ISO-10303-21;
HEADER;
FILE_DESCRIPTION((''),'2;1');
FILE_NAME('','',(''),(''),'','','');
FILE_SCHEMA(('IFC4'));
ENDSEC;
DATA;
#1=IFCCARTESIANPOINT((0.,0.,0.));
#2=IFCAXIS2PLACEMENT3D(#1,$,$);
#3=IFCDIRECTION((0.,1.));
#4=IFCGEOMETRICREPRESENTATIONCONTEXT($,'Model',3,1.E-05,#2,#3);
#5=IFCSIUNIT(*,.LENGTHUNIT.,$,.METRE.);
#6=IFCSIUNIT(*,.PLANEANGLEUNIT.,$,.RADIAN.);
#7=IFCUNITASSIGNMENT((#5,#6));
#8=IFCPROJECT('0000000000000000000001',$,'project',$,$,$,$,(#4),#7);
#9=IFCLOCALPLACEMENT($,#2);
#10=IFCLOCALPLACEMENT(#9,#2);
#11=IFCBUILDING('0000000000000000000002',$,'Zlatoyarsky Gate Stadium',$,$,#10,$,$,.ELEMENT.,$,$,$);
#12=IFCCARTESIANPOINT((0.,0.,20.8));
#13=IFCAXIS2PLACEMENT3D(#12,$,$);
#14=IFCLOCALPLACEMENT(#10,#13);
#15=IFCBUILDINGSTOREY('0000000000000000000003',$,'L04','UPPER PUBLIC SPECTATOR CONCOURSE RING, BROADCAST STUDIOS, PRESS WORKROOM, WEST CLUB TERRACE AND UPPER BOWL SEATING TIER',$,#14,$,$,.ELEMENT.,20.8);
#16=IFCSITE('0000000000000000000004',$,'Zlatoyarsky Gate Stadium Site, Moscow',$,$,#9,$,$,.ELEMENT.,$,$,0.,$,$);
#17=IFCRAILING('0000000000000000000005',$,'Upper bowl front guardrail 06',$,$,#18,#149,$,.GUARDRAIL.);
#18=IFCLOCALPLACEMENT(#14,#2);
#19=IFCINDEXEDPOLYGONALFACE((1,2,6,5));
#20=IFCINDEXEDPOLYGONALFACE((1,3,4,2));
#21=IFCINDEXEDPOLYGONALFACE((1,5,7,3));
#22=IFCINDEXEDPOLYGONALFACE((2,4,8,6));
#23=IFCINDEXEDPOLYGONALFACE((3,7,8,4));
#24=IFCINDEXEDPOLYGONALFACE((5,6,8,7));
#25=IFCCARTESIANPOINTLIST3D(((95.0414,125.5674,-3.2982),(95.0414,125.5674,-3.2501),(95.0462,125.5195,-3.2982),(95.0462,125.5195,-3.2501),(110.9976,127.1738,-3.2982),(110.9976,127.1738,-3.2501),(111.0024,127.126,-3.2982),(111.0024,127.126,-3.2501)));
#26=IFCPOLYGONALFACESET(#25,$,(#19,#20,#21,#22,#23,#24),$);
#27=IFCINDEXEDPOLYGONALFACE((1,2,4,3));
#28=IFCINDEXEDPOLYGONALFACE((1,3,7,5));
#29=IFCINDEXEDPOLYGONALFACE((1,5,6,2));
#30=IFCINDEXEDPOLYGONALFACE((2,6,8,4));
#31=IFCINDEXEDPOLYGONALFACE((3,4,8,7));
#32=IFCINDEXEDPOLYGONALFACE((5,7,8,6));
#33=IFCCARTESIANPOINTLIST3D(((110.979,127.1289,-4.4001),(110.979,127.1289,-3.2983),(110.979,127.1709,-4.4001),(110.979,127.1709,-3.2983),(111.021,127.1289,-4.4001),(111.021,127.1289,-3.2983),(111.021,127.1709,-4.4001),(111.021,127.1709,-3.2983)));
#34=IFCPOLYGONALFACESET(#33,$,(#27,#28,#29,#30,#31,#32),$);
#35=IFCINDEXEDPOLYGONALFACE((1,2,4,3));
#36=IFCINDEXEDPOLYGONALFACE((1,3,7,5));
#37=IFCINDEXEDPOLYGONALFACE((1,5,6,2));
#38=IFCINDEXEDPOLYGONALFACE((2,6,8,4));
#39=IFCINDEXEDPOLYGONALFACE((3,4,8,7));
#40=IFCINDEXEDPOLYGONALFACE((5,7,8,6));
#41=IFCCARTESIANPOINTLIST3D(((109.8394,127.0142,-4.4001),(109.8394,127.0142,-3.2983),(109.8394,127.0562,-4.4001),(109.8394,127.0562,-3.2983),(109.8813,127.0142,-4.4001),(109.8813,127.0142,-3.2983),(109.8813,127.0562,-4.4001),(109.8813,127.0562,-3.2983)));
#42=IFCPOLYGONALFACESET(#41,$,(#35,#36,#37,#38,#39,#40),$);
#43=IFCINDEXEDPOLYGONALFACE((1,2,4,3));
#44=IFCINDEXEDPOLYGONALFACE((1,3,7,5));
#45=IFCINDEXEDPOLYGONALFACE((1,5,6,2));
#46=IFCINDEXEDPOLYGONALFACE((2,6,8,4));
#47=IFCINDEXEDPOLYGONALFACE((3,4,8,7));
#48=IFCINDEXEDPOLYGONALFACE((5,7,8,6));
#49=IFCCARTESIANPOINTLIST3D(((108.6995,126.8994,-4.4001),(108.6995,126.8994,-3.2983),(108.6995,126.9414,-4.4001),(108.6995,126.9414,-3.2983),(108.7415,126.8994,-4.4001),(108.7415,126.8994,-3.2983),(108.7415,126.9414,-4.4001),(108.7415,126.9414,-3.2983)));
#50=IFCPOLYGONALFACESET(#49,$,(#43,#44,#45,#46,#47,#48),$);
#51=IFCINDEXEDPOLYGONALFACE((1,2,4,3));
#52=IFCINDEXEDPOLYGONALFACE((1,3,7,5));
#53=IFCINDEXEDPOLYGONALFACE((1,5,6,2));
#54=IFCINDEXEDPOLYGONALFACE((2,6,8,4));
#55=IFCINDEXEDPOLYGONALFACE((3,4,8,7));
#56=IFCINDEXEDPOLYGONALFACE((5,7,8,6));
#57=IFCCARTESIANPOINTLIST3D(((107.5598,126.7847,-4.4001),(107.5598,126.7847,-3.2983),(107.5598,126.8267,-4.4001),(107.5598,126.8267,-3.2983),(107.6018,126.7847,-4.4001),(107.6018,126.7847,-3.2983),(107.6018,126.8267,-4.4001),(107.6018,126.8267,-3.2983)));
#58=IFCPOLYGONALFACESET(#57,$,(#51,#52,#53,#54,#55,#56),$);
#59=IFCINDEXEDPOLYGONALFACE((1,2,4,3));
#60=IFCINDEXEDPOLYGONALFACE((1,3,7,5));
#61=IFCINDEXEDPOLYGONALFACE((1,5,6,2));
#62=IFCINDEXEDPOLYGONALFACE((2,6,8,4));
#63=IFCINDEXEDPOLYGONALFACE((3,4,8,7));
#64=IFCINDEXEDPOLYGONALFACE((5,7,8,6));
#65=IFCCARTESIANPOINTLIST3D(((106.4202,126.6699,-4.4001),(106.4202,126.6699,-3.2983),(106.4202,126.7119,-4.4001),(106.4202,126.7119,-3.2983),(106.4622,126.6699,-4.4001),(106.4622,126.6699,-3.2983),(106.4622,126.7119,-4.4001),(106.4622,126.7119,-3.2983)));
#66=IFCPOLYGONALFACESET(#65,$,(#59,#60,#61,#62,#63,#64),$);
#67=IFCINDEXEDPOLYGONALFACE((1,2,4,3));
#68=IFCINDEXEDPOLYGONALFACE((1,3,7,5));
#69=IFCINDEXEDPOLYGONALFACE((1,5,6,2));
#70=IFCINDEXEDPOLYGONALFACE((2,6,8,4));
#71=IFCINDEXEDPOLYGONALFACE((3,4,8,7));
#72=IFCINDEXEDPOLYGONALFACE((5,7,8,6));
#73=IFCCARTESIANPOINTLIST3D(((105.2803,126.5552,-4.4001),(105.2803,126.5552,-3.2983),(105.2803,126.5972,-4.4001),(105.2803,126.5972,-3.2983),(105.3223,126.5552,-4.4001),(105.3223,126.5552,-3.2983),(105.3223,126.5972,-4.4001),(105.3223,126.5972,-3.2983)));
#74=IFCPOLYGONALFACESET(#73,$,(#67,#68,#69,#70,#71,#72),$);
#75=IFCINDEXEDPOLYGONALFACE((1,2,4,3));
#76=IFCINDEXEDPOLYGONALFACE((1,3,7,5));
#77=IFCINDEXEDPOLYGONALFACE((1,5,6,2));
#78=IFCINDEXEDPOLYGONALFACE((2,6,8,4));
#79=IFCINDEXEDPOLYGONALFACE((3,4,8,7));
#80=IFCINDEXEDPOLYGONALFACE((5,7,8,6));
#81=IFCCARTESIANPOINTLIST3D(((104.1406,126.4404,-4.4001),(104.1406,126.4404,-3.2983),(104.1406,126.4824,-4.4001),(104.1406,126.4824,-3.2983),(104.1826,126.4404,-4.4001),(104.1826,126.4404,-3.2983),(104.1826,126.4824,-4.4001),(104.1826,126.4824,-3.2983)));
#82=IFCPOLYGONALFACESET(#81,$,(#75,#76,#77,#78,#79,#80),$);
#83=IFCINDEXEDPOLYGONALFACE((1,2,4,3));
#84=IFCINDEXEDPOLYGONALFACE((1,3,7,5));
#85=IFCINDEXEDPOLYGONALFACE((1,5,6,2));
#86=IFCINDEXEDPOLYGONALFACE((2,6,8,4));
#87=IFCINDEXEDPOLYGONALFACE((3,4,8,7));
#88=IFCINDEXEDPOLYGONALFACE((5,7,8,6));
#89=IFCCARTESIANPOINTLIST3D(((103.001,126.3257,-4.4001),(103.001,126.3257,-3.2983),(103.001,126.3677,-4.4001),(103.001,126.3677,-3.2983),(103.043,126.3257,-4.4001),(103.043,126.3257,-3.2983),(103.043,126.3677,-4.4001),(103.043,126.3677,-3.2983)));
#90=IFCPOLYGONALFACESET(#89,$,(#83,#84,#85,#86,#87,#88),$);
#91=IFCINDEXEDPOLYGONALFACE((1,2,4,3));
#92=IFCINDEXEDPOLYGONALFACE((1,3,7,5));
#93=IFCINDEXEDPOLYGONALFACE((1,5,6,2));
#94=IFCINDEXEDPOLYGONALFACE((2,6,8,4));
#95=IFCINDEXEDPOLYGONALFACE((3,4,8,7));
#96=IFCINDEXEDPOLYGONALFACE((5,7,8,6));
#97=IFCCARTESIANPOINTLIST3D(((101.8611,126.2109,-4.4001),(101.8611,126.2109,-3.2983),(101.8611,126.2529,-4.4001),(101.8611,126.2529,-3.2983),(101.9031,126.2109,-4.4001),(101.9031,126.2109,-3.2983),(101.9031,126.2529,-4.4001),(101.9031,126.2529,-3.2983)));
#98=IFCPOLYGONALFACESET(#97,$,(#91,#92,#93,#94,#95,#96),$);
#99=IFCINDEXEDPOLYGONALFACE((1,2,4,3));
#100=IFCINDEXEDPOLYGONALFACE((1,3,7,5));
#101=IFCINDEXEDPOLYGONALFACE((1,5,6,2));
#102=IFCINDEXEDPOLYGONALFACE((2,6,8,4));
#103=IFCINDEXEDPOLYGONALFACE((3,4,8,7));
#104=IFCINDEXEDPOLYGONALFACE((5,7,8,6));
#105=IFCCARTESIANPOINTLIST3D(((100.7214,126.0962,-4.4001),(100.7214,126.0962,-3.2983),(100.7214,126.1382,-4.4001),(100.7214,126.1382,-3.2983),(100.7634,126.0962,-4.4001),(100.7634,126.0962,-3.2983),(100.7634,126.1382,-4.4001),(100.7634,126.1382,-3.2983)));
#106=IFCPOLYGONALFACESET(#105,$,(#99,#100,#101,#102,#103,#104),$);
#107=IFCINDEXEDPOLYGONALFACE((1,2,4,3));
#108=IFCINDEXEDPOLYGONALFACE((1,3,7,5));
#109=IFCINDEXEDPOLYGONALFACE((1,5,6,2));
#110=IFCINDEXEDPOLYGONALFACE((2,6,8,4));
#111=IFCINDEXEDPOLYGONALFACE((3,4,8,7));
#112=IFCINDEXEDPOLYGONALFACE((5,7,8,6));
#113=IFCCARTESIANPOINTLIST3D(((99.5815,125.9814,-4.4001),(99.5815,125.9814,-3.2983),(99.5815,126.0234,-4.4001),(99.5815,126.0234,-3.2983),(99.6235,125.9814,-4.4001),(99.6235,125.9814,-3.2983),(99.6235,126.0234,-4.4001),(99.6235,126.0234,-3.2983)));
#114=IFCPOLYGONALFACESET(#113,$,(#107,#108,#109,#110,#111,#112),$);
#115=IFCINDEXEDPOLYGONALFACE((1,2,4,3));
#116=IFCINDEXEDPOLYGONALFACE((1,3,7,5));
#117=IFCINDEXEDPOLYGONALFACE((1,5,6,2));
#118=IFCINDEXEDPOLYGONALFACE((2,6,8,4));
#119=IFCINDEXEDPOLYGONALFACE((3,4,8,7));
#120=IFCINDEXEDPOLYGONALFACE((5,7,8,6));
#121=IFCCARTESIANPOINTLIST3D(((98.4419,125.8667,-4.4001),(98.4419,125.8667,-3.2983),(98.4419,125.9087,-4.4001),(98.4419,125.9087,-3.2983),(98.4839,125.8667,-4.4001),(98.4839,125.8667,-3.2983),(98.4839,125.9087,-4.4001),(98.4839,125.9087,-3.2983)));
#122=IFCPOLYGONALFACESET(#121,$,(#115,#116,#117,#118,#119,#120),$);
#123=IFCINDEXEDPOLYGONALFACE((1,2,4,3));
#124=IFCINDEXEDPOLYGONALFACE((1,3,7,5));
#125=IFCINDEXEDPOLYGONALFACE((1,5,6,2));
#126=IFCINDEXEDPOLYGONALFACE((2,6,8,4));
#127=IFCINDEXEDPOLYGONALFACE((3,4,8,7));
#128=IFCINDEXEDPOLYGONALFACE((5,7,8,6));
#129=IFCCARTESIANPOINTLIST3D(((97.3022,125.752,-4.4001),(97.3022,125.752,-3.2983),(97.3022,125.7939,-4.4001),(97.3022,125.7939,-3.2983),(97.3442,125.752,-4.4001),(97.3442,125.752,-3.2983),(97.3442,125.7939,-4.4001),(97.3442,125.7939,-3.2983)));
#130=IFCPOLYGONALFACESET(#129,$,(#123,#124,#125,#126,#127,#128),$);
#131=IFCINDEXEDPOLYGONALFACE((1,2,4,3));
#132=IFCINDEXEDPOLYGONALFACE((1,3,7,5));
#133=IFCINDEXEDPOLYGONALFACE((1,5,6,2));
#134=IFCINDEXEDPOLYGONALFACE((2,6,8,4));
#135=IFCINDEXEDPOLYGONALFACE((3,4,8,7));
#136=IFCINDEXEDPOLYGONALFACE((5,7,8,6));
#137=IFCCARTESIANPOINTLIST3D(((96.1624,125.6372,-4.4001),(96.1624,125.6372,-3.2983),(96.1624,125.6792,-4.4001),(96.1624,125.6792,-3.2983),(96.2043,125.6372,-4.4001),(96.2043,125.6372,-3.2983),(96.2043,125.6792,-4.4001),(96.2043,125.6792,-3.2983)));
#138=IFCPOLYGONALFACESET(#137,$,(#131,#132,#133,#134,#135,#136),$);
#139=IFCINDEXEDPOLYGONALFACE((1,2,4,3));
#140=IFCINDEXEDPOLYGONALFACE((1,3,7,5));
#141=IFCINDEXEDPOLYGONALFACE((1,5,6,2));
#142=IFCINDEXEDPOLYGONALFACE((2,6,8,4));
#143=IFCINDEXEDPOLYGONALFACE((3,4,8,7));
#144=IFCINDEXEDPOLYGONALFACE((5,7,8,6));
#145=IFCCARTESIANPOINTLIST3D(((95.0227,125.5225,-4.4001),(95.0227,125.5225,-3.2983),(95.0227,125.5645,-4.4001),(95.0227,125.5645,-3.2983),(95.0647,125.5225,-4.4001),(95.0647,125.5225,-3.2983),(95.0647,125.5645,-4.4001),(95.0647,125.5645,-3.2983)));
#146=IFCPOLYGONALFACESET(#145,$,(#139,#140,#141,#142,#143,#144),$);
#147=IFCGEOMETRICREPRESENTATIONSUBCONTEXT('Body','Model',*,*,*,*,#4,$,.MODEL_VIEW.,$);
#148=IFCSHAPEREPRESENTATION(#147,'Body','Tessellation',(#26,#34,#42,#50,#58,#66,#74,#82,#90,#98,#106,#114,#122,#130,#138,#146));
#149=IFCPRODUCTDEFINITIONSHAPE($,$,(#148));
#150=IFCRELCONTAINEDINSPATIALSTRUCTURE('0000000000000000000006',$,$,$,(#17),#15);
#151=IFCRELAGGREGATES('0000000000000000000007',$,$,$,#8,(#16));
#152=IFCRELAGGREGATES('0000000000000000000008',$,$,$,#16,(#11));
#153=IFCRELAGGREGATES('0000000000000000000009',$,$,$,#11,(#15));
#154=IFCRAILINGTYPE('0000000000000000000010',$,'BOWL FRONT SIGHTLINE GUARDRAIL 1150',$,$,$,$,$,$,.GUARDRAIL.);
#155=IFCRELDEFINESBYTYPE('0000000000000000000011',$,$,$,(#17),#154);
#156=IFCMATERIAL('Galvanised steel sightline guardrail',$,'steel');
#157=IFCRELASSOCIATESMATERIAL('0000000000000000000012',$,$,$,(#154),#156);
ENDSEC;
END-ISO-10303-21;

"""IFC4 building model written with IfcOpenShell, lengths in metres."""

from ifc_helpers import new_model, si_unit, direction, frame, origin, origin_2d, place, context, subcontext, project, spatial, rectangle, extrude, material, type_object, element, save


model = new_model("IFC4")

# Units and contexts
model_context = context("Model", 3, precision=1e-05, world=origin(), true_north=direction((0.0, 1.0)))
body_context = subcontext(model_context, "Body", "Model", "MODEL_VIEW")
ifc_project = project(units=[si_unit("LENGTHUNIT", "METRE"), si_unit("PLANEANGLEUNIT", "RADIAN")], contexts=[model_context])

# Site, building, storey
site_placement = place(None, origin())
site = spatial("IfcSite", under=ifc_project, at=site_placement, Name="Zlatoyarsky Gate Stadium Site, Moscow", CompositionType="ELEMENT", RefElevation=0.0)
building_placement = place(site_placement, origin())
building = spatial("IfcBuilding", under=site, at=building_placement, Name="Zlatoyarsky Gate Stadium", CompositionType="ELEMENT")
storey_placement = place(building_placement, frame((0.0, 0.0, 20.8)))
storey = spatial("IfcBuildingStorey", under=building, at=storey_placement, Name="L04", Description="UPPER PUBLIC SPECTATOR CONCOURSE RING, BROADCAST STUDIOS, PRESS WORKROOM, WEST CLUB TERRACE AND UPPER BOWL SEATING TIER", CompositionType="ELEMENT", Elevation=20.8)

# Railing
ifc_material_1 = material(Name="Galvanised steel sightline guardrail", Category="steel")
railing_type_1 = type_object("IfcRailingType", Name="BOWL FRONT SIGHTLINE GUARDRAIL 1150", PredefinedType="GUARDRAIL", material=ifc_material_1)
railing_1_placement = place(storey_placement, frame((111.0, 127.1499, -4.4001)))
element("IfcRailing", 1, at=railing_1_placement, inside=storey, type_object=railing_type_1, Name="Upper bowl front guardrail 06", PredefinedType="GUARDRAIL", context=body_context, shape_type="SweptSolid", body=[
    extrude(rectangle(XDim=0.0481, YDim=0.0481, at=origin_2d()), frame((0.0, 0.0, 1.126), z_axis=(-0.99497, -0.100171, 0.0), x_axis=(0.100171, -0.99497, 0.0)), (0.0, 0.0, 1.0), 16.0369),
    extrude(rectangle(XDim=0.042, YDim=0.042, at=origin_2d()), origin(), (0.0, 0.0, 1.0), 1.1018),
    extrude(rectangle(XDim=0.042, YDim=0.042, at=origin_2d()), frame((-1.1396, -0.1147, 0.0)), (0.0, 0.0, 1.0), 1.1018),
    extrude(rectangle(XDim=0.042, YDim=0.042, at=origin_2d()), frame((-2.2795, -0.2295, 0.0)), (0.0, 0.0, 1.0), 1.1018),
    extrude(rectangle(XDim=0.042, YDim=0.042, at=origin_2d()), frame((-3.4192, -0.3442, 0.0)), (0.0, 0.0, 1.0), 1.1018),
    extrude(rectangle(XDim=0.042, YDim=0.042, at=origin_2d()), frame((-4.5588, -0.459, 0.0)), (0.0, 0.0, 1.0), 1.1018),
    extrude(rectangle(XDim=0.042, YDim=0.042, at=origin_2d()), frame((-5.6987, -0.5737, 0.0)), (0.0, 0.0, 1.0), 1.1018),
    extrude(rectangle(XDim=0.042, YDim=0.042, at=origin_2d()), frame((-6.8384, -0.6885, 0.0)), (0.0, 0.0, 1.0), 1.1018),
    extrude(rectangle(XDim=0.042, YDim=0.042, at=origin_2d()), frame((-7.978, -0.8032, 0.0)), (0.0, 0.0, 1.0), 1.1018),
    extrude(rectangle(XDim=0.042, YDim=0.042, at=origin_2d()), frame((-9.1179, -0.918, 0.0)), (0.0, 0.0, 1.0), 1.1018),
    extrude(rectangle(XDim=0.042, YDim=0.042, at=origin_2d()), frame((-10.2576, -1.0327, 0.0)), (0.0, 0.0, 1.0), 1.1018),
    extrude(rectangle(XDim=0.042, YDim=0.042, at=origin_2d()), frame((-11.3975, -1.1475, 0.0)), (0.0, 0.0, 1.0), 1.1018),
    extrude(rectangle(XDim=0.042, YDim=0.042, at=origin_2d()), frame((-12.5371, -1.2622, 0.0)), (0.0, 0.0, 1.0), 1.1018),
    extrude(rectangle(XDim=0.042, YDim=0.042, at=origin_2d()), frame((-13.6768, -1.377, 0.0)), (0.0, 0.0, 1.0), 1.1018),
    extrude(rectangle(XDim=0.042, YDim=0.042, at=origin_2d()), frame((-14.8167, -1.4917, 0.0)), (0.0, 0.0, 1.0), 1.1018),
    extrude(rectangle(XDim=0.042, YDim=0.042, at=origin_2d()), frame((-15.9563, -1.6064, 0.0)), (0.0, 0.0, 1.0), 1.1018),
])

save(model, "model.ifc")
